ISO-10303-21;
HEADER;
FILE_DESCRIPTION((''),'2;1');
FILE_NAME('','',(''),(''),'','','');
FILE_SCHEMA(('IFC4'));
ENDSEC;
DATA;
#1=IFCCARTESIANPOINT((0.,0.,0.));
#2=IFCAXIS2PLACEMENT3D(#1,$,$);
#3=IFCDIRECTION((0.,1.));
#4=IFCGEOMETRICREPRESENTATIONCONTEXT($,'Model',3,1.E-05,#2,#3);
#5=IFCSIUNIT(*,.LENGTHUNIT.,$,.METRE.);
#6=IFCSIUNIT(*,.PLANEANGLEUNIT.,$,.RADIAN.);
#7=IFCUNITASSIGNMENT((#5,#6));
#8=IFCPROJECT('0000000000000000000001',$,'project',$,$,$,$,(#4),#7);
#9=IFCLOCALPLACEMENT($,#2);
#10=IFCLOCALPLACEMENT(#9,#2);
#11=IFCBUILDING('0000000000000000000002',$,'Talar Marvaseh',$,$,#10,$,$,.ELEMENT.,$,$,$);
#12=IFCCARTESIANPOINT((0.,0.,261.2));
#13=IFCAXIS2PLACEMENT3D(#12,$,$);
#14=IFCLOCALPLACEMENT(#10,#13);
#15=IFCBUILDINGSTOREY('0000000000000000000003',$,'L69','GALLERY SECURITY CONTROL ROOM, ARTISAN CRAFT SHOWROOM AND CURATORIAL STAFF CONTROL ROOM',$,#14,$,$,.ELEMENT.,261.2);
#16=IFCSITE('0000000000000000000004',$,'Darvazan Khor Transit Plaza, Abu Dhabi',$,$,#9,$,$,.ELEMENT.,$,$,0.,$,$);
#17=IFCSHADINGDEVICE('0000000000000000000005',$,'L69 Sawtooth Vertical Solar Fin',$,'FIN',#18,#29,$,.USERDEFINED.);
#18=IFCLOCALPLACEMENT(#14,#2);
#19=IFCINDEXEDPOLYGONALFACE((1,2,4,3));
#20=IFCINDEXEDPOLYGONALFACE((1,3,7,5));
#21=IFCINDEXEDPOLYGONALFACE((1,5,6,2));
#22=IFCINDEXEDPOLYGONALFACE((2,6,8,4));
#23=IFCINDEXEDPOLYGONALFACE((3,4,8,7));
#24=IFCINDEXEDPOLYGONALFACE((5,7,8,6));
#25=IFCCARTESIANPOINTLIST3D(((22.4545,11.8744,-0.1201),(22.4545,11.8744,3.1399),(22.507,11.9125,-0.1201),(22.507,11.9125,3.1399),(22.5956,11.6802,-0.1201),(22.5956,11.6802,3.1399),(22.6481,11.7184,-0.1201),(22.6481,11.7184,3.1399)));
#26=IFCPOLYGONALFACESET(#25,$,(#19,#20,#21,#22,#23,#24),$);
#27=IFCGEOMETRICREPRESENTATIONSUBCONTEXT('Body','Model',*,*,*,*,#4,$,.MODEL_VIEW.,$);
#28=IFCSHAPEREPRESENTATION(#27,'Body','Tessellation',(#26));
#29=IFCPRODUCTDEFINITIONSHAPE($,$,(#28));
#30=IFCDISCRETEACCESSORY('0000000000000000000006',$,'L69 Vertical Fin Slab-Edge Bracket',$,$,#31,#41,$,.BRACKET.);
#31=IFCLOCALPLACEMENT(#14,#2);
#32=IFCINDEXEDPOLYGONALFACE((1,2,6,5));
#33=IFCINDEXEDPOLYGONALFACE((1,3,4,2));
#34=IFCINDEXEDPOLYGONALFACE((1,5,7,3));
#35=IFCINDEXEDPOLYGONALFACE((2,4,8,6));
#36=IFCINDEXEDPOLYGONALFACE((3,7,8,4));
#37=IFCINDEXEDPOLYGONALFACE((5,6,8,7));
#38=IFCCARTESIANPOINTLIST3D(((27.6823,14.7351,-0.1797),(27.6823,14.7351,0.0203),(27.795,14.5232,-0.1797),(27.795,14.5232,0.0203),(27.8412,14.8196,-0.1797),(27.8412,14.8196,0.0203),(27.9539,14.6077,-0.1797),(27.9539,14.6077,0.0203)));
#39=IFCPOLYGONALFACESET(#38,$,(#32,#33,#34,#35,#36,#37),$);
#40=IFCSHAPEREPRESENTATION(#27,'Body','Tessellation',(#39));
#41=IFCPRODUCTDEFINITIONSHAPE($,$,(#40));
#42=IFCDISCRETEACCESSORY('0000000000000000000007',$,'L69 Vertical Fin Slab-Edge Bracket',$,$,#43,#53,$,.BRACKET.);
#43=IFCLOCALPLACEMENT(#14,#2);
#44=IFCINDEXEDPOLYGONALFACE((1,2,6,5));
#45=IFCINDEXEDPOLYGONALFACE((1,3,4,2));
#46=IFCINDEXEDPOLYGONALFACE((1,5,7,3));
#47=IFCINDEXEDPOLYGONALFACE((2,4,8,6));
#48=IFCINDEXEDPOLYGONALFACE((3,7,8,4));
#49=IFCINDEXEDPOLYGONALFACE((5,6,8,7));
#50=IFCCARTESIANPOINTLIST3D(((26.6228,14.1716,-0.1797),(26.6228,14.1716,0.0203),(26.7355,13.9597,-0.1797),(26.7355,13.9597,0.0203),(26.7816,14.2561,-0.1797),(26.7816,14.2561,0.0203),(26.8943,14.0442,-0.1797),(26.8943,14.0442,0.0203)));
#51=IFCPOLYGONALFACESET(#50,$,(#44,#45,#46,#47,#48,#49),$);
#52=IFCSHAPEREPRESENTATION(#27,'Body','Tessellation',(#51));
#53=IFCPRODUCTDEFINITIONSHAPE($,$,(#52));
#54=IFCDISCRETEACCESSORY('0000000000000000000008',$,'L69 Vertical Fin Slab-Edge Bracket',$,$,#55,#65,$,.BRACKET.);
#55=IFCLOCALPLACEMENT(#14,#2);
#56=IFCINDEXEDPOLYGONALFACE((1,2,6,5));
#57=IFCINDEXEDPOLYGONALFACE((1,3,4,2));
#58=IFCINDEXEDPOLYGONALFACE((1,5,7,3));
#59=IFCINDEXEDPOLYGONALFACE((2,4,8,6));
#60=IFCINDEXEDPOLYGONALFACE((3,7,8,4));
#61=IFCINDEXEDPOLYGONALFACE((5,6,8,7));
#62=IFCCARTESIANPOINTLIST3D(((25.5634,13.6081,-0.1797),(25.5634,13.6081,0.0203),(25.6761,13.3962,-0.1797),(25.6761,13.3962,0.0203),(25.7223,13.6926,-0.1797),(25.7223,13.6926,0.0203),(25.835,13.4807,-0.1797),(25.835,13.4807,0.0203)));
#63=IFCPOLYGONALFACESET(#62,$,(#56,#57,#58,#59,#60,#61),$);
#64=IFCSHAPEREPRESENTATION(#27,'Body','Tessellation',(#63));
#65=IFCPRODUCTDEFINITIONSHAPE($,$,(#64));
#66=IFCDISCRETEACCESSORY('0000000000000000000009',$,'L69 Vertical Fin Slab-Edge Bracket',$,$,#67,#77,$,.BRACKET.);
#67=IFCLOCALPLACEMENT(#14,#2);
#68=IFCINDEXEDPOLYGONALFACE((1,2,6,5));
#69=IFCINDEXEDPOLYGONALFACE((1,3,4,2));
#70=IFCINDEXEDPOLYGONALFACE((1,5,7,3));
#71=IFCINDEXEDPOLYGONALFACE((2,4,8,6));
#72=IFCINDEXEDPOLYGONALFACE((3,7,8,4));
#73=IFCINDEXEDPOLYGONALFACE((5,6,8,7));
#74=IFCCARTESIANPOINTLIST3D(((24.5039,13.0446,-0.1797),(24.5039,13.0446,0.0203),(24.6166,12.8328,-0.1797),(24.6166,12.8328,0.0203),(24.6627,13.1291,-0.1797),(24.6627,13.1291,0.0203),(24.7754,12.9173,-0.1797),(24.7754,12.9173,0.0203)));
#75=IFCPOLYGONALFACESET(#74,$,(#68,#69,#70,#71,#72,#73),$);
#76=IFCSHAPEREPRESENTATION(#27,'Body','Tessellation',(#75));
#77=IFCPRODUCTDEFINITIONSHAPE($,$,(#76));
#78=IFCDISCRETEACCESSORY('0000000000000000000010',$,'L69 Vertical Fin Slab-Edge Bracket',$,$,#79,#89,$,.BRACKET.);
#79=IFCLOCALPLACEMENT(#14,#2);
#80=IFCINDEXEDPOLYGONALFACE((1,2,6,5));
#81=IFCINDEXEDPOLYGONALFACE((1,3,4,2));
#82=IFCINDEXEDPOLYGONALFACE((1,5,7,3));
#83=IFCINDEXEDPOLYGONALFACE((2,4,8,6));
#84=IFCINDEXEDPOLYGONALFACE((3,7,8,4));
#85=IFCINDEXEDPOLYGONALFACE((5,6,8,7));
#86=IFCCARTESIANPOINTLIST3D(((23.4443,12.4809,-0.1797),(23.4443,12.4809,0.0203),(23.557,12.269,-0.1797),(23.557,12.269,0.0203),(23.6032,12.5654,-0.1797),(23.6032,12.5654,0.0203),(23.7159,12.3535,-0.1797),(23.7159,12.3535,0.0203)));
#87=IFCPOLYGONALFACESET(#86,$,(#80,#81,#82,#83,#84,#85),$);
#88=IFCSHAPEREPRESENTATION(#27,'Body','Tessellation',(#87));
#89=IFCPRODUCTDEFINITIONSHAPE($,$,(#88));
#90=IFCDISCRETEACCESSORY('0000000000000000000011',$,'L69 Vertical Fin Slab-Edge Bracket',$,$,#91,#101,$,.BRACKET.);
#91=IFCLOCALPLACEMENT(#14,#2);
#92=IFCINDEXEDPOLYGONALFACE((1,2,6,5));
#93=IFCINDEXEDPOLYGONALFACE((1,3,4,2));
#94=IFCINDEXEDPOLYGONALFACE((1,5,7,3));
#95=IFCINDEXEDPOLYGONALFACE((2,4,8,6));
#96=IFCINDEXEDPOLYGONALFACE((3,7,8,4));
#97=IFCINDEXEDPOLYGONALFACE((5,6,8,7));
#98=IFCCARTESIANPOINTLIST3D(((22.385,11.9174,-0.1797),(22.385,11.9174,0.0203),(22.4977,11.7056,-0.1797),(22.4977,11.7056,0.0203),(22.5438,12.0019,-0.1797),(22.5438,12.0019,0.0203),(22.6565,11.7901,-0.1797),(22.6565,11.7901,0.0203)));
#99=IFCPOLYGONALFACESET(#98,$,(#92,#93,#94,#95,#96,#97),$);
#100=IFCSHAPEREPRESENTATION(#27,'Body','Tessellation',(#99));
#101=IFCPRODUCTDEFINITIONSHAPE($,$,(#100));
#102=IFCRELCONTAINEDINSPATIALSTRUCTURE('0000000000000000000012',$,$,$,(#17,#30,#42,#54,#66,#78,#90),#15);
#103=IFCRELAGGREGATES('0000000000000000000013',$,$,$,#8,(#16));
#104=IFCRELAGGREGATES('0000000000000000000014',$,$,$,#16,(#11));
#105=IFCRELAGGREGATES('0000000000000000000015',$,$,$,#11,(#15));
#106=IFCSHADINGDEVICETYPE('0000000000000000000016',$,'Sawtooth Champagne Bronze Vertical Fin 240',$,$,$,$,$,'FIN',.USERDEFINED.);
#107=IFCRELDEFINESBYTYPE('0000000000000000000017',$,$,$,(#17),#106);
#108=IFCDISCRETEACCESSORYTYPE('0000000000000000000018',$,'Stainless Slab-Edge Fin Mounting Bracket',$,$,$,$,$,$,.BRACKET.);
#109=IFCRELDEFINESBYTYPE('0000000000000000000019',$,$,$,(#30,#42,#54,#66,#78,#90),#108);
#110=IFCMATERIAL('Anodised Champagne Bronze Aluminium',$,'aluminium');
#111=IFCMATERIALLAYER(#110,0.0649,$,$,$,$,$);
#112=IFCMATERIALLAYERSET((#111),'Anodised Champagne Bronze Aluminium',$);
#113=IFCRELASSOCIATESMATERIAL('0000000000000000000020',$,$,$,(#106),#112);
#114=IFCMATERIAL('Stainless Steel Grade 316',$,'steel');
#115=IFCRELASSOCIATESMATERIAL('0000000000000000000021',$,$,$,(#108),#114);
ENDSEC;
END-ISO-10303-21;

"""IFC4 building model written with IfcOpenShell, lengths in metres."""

from ifc_helpers import new_model, si_unit, direction, frame, origin, origin_2d, place, context, subcontext, project, spatial, rectangle, extrude, source, transform, mapped, material, layer, layer_set, type_object, type_shapes, element, save


model = new_model("IFC4")

# Units and contexts
model_context = context("Model", 3, precision=1e-05, world=origin(), true_north=direction((0.0, 1.0)))
body_context = subcontext(model_context, "Body", "Model", "MODEL_VIEW")
ifc_project = project(units=[si_unit("LENGTHUNIT", "METRE"), si_unit("PLANEANGLEUNIT", "RADIAN")], contexts=[model_context])

# Site, building, storey
site_placement = place(None, origin())
site = spatial("IfcSite", under=ifc_project, at=site_placement, Name="Darvazan Khor Transit Plaza, Abu Dhabi", CompositionType="ELEMENT", RefElevation=0.0)
building_placement = place(site_placement, origin())
building = spatial("IfcBuilding", under=site, at=building_placement, Name="Talar Marvaseh", CompositionType="ELEMENT")
storey_placement = place(building_placement, frame((0.0, 0.0, 261.2)))
storey = spatial("IfcBuildingStorey", under=building, at=storey_placement, Name="L69", Description="GALLERY SECURITY CONTROL ROOM, ARTISAN CRAFT SHOWROOM AND CURATORIAL STAFF CONTROL ROOM", CompositionType="ELEMENT", Elevation=261.2)

# Shading device
ifc_material_1 = material(Name="Anodised Champagne Bronze Aluminium", Category="aluminium")
ifc_layer_1 = layer(ifc_material_1, 0.0649)
ifc_layer_set_1 = layer_set([ifc_layer_1], Name="Anodised Champagne Bronze Aluminium")
shading_device_type = type_object("IfcShadingDeviceType", Name="Sawtooth Champagne Bronze Vertical Fin 240", ElementType="FIN", PredefinedType="USERDEFINED", material=ifc_layer_set_1)
shared_shape_1 = source(origin(), body_context, "Body", "SweptSolid", [
    extrude(rectangle(XDim=0.24, YDim=0.0649, at=origin_2d()), origin(), (0.0, 0.0, 1.0), 3.26),
])
type_shapes(shading_device_type, [shared_shape_1])
for number, where, z_axis, x_axis, name in (
    (1, (22.5513, 11.7964, -0.1201), (0.0, 0.0, 1.0), (0.587926, -0.808914, 0.0), "L69 Sawtooth Vertical Solar Fin"),
):
    element("IfcShadingDevice", number, at=place(storey_placement, frame(where, z_axis=z_axis, x_axis=x_axis)), inside=storey, type_object=shading_device_type, Name=name, ObjectType="FIN", PredefinedType="USERDEFINED", context=body_context, shape_type="MappedRepresentation", body=[
        mapped(shared_shape_1, transform((0.0, 0.0, 0.0), x_axis=(1.0, 0.0, 0.0), y_axis=(0.0, 1.0, 0.0), z_axis=(0.0, 0.0, 1.0), scale=1.0)),
    ])

# Discrete accessories
ifc_material_2 = material(Name="Stainless Steel Grade 316", Category="steel")
discrete_accessory_type = type_object("IfcDiscreteAccessoryType", Name="Stainless Slab-Edge Fin Mounting Bracket", PredefinedType="BRACKET", material=ifc_material_2)
shared_shape_2 = source(origin(), body_context, "Body", "SweptSolid", [
    extrude(rectangle(XDim=0.24, YDim=0.1799, at=origin_2d()), origin(), (0.0, 0.0, 1.0), 0.2),
])
type_shapes(discrete_accessory_type, [shared_shape_2])
for number, where, z_axis, x_axis, name in (
    (2, (27.8181, 14.6714, -0.1797), (0.0, 0.0, 1.0), (0.469626, -0.882866, 0.0), "L69 Vertical Fin Slab-Edge Bracket"),
    (3, (26.7585, 14.1079, -0.1797), (0.0, 0.0, 1.0), (0.469626, -0.882866, 0.0), "L69 Vertical Fin Slab-Edge Bracket"),
    (4, (25.6992, 13.5444, -0.1797), (0.0, 0.0, 1.0), (0.469626, -0.882866, 0.0), "L69 Vertical Fin Slab-Edge Bracket"),
    (5, (24.6396, 12.981, -0.1797), (0.0, 0.0, 1.0), (0.469626, -0.882866, 0.0), "L69 Vertical Fin Slab-Edge Bracket"),
    (6, (23.5801, 12.4172, -0.1797), (0.0, 0.0, 1.0), (0.469626, -0.882866, 0.0), "L69 Vertical Fin Slab-Edge Bracket"),
    (7, (22.5208, 11.8538, -0.1797), (0.0, 0.0, 1.0), (0.469626, -0.882866, 0.0), "L69 Vertical Fin Slab-Edge Bracket"),
):
    element("IfcDiscreteAccessory", number, at=place(storey_placement, frame(where, z_axis=z_axis, x_axis=x_axis)), inside=storey, type_object=discrete_accessory_type, Name=name, PredefinedType="BRACKET", context=body_context, shape_type="MappedRepresentation", body=[
        mapped(shared_shape_2, transform((0.0, 0.0, 0.0), x_axis=(1.0, 0.0, 0.0), y_axis=(0.0, 1.0, 0.0), z_axis=(0.0, 0.0, 1.0), scale=1.0)),
    ])

save(model, "model.ifc")
